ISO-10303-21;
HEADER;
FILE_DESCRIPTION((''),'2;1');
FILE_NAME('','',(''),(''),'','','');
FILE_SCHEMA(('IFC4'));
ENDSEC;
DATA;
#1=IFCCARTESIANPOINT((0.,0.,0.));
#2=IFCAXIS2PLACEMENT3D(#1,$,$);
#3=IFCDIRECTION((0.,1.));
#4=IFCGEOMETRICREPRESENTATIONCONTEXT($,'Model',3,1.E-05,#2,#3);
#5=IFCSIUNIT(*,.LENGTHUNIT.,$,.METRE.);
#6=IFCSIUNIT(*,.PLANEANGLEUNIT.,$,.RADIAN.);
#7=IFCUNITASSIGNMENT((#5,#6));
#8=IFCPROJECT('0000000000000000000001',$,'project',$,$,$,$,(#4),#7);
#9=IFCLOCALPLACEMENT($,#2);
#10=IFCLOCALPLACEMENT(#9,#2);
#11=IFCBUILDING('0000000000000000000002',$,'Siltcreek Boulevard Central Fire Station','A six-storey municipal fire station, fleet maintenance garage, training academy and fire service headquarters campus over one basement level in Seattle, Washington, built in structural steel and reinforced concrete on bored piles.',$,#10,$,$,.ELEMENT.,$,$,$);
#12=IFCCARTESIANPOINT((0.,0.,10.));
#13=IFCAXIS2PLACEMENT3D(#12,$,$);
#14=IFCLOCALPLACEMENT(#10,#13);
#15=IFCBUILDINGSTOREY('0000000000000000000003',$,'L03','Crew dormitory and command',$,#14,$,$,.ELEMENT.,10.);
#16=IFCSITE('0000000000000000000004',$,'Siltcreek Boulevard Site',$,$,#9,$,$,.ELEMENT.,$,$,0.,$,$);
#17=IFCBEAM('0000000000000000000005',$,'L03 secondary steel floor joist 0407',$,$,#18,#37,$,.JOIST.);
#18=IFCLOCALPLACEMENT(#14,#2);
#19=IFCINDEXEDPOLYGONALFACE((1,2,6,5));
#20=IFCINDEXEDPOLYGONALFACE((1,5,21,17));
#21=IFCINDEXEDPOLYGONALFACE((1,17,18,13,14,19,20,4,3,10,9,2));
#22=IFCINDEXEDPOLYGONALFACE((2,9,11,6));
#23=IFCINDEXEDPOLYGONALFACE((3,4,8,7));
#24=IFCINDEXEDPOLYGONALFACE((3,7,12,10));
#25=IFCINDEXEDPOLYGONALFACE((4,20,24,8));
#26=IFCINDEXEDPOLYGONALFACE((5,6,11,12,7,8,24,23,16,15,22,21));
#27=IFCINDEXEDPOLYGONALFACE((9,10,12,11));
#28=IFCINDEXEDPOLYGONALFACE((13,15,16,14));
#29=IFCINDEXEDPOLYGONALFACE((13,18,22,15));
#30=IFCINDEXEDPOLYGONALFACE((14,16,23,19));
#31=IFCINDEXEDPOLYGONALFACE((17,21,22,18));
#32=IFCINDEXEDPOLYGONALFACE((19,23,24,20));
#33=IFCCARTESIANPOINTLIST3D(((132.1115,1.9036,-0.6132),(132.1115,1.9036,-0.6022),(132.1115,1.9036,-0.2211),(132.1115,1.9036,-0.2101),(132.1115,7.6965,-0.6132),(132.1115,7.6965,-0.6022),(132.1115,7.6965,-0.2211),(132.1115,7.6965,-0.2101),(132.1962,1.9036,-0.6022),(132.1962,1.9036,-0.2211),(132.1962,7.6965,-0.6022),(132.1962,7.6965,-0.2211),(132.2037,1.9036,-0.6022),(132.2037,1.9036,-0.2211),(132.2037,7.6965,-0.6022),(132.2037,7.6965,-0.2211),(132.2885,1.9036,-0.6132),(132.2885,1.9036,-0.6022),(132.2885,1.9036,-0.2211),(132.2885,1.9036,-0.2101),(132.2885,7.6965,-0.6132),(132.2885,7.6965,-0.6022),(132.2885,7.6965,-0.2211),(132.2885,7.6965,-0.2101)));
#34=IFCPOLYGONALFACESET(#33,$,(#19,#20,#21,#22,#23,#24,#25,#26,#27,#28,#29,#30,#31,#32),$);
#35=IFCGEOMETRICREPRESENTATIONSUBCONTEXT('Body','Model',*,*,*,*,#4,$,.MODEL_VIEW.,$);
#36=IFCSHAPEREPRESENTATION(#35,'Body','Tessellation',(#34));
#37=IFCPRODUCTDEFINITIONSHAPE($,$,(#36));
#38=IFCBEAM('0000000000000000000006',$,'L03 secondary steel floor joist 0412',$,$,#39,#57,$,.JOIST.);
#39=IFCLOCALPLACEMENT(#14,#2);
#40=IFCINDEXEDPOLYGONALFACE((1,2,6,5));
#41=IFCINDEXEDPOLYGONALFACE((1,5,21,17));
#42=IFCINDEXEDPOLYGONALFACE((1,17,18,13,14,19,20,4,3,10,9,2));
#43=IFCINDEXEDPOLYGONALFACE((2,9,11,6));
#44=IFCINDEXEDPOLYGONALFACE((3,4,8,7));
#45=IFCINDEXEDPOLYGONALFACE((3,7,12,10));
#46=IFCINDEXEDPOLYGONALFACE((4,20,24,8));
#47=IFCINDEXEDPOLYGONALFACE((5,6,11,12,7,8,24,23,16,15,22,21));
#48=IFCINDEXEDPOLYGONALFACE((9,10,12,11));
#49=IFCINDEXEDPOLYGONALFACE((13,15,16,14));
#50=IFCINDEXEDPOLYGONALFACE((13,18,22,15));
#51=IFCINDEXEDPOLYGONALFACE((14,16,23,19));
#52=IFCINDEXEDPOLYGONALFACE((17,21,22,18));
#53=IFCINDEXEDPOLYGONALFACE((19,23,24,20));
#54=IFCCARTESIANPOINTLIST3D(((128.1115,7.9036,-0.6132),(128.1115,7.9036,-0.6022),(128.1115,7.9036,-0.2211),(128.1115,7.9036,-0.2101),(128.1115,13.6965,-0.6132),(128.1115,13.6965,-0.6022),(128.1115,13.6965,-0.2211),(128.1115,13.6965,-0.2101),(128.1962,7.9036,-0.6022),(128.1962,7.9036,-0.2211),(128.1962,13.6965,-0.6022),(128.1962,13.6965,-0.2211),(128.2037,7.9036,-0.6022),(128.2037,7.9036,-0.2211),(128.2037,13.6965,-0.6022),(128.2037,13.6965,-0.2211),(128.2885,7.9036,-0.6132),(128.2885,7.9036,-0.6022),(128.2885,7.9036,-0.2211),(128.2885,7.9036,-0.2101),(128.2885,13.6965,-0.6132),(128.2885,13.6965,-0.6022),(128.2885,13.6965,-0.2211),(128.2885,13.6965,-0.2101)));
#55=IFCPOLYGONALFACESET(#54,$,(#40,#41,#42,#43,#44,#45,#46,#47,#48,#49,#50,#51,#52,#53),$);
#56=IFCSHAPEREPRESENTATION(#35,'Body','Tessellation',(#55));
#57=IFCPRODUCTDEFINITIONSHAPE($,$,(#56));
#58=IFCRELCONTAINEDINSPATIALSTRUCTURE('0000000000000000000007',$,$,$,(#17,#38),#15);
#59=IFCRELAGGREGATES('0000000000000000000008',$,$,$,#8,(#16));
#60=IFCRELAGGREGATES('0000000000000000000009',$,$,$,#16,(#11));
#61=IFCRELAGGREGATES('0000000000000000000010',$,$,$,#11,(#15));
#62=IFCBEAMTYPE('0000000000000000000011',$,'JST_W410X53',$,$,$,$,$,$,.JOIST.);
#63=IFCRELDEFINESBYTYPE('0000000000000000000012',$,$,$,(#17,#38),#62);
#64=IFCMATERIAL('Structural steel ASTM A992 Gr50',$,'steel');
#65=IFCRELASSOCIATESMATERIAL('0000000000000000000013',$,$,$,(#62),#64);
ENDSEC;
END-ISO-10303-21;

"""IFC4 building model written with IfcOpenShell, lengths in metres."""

from ifc_helpers import new_model, si_unit, direction, frame, origin, origin_2d, place, context, subcontext, project, spatial, i_section, extrude, material, material_profile, profile_set, type_object, element, save


model = new_model("IFC4")

# Units and contexts
model_context = context("Model", 3, precision=1e-05, world=origin(), true_north=direction((0.0, 1.0)))
body_context = subcontext(model_context, "Body", "Model", "MODEL_VIEW")
ifc_project = project(units=[si_unit("LENGTHUNIT", "METRE"), si_unit("PLANEANGLEUNIT", "RADIAN")], contexts=[model_context])

# Site, building, storey
site_placement = place(None, origin())
site = spatial("IfcSite", under=ifc_project, at=site_placement, Name="Siltcreek Boulevard Site", CompositionType="ELEMENT", RefElevation=0.0)
building_placement = place(site_placement, origin())
building = spatial("IfcBuilding", under=site, at=building_placement, Name="Siltcreek Boulevard Central Fire Station", Description="A six-storey municipal fire station, fleet maintenance garage, training academy and fire service headquarters campus over one basement level in Seattle, Washington, built in structural steel and reinforced concrete on bored piles.", CompositionType="ELEMENT")
storey_placement = place(building_placement, frame((0.0, 0.0, 10.0)))
storey = spatial("IfcBuildingStorey", under=building, at=storey_placement, Name="L03", Description="Crew dormitory and command", CompositionType="ELEMENT", Elevation=10.0)

# Beams
ifc_material_1 = material(Name="Structural steel ASTM A992 Gr50", Category="steel")
ifc_material_profile_1 = material_profile(ifc_material_1, i_section(OverallWidth=0.177, OverallDepth=0.4031, WebThickness=0.0076, FlangeThickness=0.011, at=origin_2d()), Name="W410X53")
ifc_profile_set_1 = profile_set([ifc_material_profile_1], Name="Structural steel ASTM A992 Gr50")
beam_type_1 = type_object("IfcBeamType", Name="JST_W410X53", PredefinedType="JOIST", material=ifc_profile_set_1)
for number, where, z_axis, x_axis, name in (
    (1, (132.2, 1.9036, -0.4116), (0.0, 1.0, 0.0), (-1.0, 0.0, 0.0), "L03 secondary steel floor joist 0407"),
    (2, (128.2, 7.9036, -0.4116), (0.0, 1.0, 0.0), (-1.0, 0.0, 0.0), "L03 secondary steel floor joist 0412"),
):
    element("IfcBeam", number, at=place(storey_placement, frame(where, z_axis=z_axis, x_axis=x_axis)), inside=storey, type_object=beam_type_1, Name=name, PredefinedType="JOIST", context=body_context, shape_type="SweptSolid", body=[
        extrude(i_section(OverallWidth=0.177, OverallDepth=0.4031, WebThickness=0.0076, FlangeThickness=0.011, at=origin_2d()), origin(), (0.0, 0.0, 1.0), 5.793),
    ])

save(model, "model.ifc")
